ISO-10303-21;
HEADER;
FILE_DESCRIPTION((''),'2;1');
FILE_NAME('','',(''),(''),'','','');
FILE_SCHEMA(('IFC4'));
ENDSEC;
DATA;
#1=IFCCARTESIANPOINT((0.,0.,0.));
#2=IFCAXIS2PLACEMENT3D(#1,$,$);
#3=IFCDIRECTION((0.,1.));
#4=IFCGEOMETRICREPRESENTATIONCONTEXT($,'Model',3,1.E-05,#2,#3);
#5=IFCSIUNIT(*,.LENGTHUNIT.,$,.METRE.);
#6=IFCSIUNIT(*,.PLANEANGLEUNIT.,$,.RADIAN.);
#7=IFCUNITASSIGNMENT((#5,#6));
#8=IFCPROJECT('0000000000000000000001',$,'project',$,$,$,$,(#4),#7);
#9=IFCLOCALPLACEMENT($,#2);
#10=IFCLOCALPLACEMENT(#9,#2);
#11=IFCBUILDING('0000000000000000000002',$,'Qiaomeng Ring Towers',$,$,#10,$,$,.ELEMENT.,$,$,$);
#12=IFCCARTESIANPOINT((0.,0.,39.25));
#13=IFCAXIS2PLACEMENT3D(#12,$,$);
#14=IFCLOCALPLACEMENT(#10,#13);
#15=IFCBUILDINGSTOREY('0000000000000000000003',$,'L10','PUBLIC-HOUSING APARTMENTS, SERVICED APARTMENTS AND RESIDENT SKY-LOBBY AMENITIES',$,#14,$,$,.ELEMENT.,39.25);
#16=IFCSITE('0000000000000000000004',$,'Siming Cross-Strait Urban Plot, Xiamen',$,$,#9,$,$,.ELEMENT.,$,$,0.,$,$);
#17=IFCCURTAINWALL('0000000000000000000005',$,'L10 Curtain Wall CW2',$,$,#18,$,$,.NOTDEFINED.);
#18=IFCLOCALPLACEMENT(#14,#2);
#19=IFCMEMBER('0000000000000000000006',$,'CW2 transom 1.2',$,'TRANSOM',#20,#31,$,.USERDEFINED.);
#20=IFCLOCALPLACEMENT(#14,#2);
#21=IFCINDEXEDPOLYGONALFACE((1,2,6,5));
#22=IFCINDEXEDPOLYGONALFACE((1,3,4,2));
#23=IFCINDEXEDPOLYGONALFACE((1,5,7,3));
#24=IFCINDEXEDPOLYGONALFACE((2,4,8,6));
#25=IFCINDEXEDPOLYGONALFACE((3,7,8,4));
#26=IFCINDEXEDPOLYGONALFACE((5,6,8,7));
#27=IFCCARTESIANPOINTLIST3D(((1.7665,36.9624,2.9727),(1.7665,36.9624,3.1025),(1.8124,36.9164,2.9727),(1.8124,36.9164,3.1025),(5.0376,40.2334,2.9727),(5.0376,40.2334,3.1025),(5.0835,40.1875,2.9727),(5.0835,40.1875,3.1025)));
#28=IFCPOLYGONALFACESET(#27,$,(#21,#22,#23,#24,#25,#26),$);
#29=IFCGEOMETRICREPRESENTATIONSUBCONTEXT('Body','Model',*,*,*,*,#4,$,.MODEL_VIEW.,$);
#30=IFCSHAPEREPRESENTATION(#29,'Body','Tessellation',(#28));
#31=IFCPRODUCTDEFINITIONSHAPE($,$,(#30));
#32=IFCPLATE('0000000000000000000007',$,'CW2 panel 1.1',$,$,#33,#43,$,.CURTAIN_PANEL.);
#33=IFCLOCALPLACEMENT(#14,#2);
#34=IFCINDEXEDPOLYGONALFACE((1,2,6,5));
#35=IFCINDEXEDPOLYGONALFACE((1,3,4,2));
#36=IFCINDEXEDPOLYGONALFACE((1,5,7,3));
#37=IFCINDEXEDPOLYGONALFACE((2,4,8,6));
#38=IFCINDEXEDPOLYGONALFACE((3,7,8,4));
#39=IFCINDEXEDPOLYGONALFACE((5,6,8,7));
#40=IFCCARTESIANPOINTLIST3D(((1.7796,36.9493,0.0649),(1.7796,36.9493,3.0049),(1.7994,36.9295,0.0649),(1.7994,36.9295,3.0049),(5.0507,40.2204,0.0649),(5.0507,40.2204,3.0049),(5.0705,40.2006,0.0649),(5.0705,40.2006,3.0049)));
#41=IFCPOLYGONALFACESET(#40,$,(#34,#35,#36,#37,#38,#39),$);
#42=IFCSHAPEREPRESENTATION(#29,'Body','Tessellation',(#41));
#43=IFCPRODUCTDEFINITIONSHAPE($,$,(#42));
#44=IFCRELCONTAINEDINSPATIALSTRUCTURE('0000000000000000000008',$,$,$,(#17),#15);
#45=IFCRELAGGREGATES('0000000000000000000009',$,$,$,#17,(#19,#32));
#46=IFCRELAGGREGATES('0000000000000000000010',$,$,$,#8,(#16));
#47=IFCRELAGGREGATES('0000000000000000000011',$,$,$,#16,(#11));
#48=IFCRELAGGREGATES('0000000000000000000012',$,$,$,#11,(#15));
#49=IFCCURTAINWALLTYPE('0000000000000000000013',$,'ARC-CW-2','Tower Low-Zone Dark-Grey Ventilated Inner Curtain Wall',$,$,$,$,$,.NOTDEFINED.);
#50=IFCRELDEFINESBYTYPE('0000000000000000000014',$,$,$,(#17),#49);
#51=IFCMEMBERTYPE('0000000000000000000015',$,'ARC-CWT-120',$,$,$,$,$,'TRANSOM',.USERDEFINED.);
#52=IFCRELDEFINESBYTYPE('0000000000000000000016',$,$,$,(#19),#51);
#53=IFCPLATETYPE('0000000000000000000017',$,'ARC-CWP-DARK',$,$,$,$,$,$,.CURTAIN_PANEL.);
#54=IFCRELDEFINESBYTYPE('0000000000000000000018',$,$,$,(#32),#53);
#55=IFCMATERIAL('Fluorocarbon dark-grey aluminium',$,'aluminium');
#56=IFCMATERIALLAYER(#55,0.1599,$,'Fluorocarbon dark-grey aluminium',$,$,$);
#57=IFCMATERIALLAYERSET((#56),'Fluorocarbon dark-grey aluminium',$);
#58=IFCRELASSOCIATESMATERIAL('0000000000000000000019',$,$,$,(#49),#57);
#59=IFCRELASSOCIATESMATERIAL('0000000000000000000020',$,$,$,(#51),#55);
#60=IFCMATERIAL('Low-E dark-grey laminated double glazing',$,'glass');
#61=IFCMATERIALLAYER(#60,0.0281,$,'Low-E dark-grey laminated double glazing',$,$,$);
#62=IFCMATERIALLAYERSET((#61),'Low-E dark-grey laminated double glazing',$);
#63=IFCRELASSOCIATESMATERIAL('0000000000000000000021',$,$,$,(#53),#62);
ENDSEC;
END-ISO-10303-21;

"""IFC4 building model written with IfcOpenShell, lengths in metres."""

from ifc_helpers import new_model, si_unit, direction, frame, origin, origin_2d, place, context, subcontext, project, spatial, rectangle, extrude, source, transform, mapped, material, layer, layer_set, material_profile, profile_set, type_object, element, aggregate, save


model = new_model("IFC4")

# Units and contexts
model_context = context("Model", 3, precision=1e-05, world=origin(), true_north=direction((0.0, 1.0)))
body_context = subcontext(model_context, "Body", "Model", "MODEL_VIEW")
ifc_project = project(units=[si_unit("LENGTHUNIT", "METRE"), si_unit("PLANEANGLEUNIT", "RADIAN")], contexts=[model_context])

# Site, building, storey
site_placement = place(None, origin())
site = spatial("IfcSite", under=ifc_project, at=site_placement, Name="Siming Cross-Strait Urban Plot, Xiamen", CompositionType="ELEMENT", RefElevation=0.0)
building_placement = place(site_placement, origin())
building = spatial("IfcBuilding", under=site, at=building_placement, Name="Qiaomeng Ring Towers", CompositionType="ELEMENT")
storey_placement = place(building_placement, frame((0.0, 0.0, 39.25)))
storey = spatial("IfcBuildingStorey", under=building, at=storey_placement, Name="L10", Description="PUBLIC-HOUSING APARTMENTS, SERVICED APARTMENTS AND RESIDENT SKY-LOBBY AMENITIES", CompositionType="ELEMENT", Elevation=39.25)

# Curtain wall, member, plate
ifc_material_1 = material(Name="Fluorocarbon dark-grey aluminium", Category="aluminium")
ifc_layer_1 = layer(ifc_material_1, 0.1599, Name="Fluorocarbon dark-grey aluminium")
ifc_layer_set_1 = layer_set([ifc_layer_1], Name="Fluorocarbon dark-grey aluminium")
curtain_wall_type = type_object("IfcCurtainWallType", Name="ARC-CW-2", Description="Tower Low-Zone Dark-Grey Ventilated Inner Curtain Wall", PredefinedType="NOTDEFINED", material=ifc_layer_set_1)
curtain_wall_placement = place(storey_placement, origin())
curtain_wall = element("IfcCurtainWall", 1, at=curtain_wall_placement, inside=storey, type_object=curtain_wall_type, Name="L10 Curtain Wall CW2", PredefinedType="NOTDEFINED")
ifc_material_profile_1 = material_profile(ifc_material_1, rectangle(XDim=0.0649, YDim=0.1299, at=origin_2d()), Name="ALU TRAN 65x130")
ifc_profile_set_1 = profile_set([ifc_material_profile_1], Name="Fluorocarbon dark-grey aluminium")
member_type_1 = type_object("IfcMemberType", Name="ARC-CWT-120", ElementType="TRANSOM", PredefinedType="USERDEFINED", material=ifc_profile_set_1)
shared_shape_1 = source(origin(), body_context, "Body", "SweptSolid", [
    extrude(rectangle(XDim=0.0649, YDim=0.1299, at=origin_2d()), origin(), (0.0, 0.0, 1.0), 4.626),
])
member_1_placement = place(storey_placement, frame((5.0605, 40.2104, 3.0376), z_axis=(-0.707107, -0.707107, 0.0), x_axis=(0.707107, -0.707107, 0.0)))
member_1 = element("IfcMember", 2, at=member_1_placement, type_object=member_type_1, Name="CW2 transom 1.2", ObjectType="TRANSOM", PredefinedType="USERDEFINED", context=body_context, shape_type="MappedRepresentation", body=[
    mapped(shared_shape_1, transform((0.0, 0.0, 0.0), x_axis=(1.0, 0.0, 0.0), y_axis=(0.0, 1.0, 0.0), z_axis=(0.0, 0.0, 1.0), scale=1.0)),
])
ifc_material_2 = material(Name="Low-E dark-grey laminated double glazing", Category="glass")
ifc_layer_2 = layer(ifc_material_2, 0.0281, Name="Low-E dark-grey laminated double glazing")
ifc_layer_set_2 = layer_set([ifc_layer_2], Name="Low-E dark-grey laminated double glazing")
plate_type = type_object("IfcPlateType", Name="ARC-CWP-DARK", PredefinedType="CURTAIN_PANEL", material=ifc_layer_set_2)
shared_shape_2 = source(origin(), body_context, "Body", "SweptSolid", [
    extrude(rectangle(XDim=4.626, YDim=0.0281, at=origin_2d()), origin(), (0.0, 0.0, 1.0), 2.9399),
])
plate_placement = place(storey_placement, frame((3.425, 38.575, 0.0649), z_axis=(0.0, 0.0, 1.0), x_axis=(-0.707107, -0.707107, 0.0)))
plate = element("IfcPlate", 3, at=plate_placement, type_object=plate_type, Name="CW2 panel 1.1", PredefinedType="CURTAIN_PANEL", context=body_context, shape_type="MappedRepresentation", body=[
    mapped(shared_shape_2, transform((0.0, 0.0, 0.0), x_axis=(1.0, 0.0, 0.0), y_axis=(0.0, 1.0, 0.0), z_axis=(0.0, 0.0, 1.0), scale=1.0)),
])
aggregate(curtain_wall, [member_1, plate])

save(model, "model.ifc")
